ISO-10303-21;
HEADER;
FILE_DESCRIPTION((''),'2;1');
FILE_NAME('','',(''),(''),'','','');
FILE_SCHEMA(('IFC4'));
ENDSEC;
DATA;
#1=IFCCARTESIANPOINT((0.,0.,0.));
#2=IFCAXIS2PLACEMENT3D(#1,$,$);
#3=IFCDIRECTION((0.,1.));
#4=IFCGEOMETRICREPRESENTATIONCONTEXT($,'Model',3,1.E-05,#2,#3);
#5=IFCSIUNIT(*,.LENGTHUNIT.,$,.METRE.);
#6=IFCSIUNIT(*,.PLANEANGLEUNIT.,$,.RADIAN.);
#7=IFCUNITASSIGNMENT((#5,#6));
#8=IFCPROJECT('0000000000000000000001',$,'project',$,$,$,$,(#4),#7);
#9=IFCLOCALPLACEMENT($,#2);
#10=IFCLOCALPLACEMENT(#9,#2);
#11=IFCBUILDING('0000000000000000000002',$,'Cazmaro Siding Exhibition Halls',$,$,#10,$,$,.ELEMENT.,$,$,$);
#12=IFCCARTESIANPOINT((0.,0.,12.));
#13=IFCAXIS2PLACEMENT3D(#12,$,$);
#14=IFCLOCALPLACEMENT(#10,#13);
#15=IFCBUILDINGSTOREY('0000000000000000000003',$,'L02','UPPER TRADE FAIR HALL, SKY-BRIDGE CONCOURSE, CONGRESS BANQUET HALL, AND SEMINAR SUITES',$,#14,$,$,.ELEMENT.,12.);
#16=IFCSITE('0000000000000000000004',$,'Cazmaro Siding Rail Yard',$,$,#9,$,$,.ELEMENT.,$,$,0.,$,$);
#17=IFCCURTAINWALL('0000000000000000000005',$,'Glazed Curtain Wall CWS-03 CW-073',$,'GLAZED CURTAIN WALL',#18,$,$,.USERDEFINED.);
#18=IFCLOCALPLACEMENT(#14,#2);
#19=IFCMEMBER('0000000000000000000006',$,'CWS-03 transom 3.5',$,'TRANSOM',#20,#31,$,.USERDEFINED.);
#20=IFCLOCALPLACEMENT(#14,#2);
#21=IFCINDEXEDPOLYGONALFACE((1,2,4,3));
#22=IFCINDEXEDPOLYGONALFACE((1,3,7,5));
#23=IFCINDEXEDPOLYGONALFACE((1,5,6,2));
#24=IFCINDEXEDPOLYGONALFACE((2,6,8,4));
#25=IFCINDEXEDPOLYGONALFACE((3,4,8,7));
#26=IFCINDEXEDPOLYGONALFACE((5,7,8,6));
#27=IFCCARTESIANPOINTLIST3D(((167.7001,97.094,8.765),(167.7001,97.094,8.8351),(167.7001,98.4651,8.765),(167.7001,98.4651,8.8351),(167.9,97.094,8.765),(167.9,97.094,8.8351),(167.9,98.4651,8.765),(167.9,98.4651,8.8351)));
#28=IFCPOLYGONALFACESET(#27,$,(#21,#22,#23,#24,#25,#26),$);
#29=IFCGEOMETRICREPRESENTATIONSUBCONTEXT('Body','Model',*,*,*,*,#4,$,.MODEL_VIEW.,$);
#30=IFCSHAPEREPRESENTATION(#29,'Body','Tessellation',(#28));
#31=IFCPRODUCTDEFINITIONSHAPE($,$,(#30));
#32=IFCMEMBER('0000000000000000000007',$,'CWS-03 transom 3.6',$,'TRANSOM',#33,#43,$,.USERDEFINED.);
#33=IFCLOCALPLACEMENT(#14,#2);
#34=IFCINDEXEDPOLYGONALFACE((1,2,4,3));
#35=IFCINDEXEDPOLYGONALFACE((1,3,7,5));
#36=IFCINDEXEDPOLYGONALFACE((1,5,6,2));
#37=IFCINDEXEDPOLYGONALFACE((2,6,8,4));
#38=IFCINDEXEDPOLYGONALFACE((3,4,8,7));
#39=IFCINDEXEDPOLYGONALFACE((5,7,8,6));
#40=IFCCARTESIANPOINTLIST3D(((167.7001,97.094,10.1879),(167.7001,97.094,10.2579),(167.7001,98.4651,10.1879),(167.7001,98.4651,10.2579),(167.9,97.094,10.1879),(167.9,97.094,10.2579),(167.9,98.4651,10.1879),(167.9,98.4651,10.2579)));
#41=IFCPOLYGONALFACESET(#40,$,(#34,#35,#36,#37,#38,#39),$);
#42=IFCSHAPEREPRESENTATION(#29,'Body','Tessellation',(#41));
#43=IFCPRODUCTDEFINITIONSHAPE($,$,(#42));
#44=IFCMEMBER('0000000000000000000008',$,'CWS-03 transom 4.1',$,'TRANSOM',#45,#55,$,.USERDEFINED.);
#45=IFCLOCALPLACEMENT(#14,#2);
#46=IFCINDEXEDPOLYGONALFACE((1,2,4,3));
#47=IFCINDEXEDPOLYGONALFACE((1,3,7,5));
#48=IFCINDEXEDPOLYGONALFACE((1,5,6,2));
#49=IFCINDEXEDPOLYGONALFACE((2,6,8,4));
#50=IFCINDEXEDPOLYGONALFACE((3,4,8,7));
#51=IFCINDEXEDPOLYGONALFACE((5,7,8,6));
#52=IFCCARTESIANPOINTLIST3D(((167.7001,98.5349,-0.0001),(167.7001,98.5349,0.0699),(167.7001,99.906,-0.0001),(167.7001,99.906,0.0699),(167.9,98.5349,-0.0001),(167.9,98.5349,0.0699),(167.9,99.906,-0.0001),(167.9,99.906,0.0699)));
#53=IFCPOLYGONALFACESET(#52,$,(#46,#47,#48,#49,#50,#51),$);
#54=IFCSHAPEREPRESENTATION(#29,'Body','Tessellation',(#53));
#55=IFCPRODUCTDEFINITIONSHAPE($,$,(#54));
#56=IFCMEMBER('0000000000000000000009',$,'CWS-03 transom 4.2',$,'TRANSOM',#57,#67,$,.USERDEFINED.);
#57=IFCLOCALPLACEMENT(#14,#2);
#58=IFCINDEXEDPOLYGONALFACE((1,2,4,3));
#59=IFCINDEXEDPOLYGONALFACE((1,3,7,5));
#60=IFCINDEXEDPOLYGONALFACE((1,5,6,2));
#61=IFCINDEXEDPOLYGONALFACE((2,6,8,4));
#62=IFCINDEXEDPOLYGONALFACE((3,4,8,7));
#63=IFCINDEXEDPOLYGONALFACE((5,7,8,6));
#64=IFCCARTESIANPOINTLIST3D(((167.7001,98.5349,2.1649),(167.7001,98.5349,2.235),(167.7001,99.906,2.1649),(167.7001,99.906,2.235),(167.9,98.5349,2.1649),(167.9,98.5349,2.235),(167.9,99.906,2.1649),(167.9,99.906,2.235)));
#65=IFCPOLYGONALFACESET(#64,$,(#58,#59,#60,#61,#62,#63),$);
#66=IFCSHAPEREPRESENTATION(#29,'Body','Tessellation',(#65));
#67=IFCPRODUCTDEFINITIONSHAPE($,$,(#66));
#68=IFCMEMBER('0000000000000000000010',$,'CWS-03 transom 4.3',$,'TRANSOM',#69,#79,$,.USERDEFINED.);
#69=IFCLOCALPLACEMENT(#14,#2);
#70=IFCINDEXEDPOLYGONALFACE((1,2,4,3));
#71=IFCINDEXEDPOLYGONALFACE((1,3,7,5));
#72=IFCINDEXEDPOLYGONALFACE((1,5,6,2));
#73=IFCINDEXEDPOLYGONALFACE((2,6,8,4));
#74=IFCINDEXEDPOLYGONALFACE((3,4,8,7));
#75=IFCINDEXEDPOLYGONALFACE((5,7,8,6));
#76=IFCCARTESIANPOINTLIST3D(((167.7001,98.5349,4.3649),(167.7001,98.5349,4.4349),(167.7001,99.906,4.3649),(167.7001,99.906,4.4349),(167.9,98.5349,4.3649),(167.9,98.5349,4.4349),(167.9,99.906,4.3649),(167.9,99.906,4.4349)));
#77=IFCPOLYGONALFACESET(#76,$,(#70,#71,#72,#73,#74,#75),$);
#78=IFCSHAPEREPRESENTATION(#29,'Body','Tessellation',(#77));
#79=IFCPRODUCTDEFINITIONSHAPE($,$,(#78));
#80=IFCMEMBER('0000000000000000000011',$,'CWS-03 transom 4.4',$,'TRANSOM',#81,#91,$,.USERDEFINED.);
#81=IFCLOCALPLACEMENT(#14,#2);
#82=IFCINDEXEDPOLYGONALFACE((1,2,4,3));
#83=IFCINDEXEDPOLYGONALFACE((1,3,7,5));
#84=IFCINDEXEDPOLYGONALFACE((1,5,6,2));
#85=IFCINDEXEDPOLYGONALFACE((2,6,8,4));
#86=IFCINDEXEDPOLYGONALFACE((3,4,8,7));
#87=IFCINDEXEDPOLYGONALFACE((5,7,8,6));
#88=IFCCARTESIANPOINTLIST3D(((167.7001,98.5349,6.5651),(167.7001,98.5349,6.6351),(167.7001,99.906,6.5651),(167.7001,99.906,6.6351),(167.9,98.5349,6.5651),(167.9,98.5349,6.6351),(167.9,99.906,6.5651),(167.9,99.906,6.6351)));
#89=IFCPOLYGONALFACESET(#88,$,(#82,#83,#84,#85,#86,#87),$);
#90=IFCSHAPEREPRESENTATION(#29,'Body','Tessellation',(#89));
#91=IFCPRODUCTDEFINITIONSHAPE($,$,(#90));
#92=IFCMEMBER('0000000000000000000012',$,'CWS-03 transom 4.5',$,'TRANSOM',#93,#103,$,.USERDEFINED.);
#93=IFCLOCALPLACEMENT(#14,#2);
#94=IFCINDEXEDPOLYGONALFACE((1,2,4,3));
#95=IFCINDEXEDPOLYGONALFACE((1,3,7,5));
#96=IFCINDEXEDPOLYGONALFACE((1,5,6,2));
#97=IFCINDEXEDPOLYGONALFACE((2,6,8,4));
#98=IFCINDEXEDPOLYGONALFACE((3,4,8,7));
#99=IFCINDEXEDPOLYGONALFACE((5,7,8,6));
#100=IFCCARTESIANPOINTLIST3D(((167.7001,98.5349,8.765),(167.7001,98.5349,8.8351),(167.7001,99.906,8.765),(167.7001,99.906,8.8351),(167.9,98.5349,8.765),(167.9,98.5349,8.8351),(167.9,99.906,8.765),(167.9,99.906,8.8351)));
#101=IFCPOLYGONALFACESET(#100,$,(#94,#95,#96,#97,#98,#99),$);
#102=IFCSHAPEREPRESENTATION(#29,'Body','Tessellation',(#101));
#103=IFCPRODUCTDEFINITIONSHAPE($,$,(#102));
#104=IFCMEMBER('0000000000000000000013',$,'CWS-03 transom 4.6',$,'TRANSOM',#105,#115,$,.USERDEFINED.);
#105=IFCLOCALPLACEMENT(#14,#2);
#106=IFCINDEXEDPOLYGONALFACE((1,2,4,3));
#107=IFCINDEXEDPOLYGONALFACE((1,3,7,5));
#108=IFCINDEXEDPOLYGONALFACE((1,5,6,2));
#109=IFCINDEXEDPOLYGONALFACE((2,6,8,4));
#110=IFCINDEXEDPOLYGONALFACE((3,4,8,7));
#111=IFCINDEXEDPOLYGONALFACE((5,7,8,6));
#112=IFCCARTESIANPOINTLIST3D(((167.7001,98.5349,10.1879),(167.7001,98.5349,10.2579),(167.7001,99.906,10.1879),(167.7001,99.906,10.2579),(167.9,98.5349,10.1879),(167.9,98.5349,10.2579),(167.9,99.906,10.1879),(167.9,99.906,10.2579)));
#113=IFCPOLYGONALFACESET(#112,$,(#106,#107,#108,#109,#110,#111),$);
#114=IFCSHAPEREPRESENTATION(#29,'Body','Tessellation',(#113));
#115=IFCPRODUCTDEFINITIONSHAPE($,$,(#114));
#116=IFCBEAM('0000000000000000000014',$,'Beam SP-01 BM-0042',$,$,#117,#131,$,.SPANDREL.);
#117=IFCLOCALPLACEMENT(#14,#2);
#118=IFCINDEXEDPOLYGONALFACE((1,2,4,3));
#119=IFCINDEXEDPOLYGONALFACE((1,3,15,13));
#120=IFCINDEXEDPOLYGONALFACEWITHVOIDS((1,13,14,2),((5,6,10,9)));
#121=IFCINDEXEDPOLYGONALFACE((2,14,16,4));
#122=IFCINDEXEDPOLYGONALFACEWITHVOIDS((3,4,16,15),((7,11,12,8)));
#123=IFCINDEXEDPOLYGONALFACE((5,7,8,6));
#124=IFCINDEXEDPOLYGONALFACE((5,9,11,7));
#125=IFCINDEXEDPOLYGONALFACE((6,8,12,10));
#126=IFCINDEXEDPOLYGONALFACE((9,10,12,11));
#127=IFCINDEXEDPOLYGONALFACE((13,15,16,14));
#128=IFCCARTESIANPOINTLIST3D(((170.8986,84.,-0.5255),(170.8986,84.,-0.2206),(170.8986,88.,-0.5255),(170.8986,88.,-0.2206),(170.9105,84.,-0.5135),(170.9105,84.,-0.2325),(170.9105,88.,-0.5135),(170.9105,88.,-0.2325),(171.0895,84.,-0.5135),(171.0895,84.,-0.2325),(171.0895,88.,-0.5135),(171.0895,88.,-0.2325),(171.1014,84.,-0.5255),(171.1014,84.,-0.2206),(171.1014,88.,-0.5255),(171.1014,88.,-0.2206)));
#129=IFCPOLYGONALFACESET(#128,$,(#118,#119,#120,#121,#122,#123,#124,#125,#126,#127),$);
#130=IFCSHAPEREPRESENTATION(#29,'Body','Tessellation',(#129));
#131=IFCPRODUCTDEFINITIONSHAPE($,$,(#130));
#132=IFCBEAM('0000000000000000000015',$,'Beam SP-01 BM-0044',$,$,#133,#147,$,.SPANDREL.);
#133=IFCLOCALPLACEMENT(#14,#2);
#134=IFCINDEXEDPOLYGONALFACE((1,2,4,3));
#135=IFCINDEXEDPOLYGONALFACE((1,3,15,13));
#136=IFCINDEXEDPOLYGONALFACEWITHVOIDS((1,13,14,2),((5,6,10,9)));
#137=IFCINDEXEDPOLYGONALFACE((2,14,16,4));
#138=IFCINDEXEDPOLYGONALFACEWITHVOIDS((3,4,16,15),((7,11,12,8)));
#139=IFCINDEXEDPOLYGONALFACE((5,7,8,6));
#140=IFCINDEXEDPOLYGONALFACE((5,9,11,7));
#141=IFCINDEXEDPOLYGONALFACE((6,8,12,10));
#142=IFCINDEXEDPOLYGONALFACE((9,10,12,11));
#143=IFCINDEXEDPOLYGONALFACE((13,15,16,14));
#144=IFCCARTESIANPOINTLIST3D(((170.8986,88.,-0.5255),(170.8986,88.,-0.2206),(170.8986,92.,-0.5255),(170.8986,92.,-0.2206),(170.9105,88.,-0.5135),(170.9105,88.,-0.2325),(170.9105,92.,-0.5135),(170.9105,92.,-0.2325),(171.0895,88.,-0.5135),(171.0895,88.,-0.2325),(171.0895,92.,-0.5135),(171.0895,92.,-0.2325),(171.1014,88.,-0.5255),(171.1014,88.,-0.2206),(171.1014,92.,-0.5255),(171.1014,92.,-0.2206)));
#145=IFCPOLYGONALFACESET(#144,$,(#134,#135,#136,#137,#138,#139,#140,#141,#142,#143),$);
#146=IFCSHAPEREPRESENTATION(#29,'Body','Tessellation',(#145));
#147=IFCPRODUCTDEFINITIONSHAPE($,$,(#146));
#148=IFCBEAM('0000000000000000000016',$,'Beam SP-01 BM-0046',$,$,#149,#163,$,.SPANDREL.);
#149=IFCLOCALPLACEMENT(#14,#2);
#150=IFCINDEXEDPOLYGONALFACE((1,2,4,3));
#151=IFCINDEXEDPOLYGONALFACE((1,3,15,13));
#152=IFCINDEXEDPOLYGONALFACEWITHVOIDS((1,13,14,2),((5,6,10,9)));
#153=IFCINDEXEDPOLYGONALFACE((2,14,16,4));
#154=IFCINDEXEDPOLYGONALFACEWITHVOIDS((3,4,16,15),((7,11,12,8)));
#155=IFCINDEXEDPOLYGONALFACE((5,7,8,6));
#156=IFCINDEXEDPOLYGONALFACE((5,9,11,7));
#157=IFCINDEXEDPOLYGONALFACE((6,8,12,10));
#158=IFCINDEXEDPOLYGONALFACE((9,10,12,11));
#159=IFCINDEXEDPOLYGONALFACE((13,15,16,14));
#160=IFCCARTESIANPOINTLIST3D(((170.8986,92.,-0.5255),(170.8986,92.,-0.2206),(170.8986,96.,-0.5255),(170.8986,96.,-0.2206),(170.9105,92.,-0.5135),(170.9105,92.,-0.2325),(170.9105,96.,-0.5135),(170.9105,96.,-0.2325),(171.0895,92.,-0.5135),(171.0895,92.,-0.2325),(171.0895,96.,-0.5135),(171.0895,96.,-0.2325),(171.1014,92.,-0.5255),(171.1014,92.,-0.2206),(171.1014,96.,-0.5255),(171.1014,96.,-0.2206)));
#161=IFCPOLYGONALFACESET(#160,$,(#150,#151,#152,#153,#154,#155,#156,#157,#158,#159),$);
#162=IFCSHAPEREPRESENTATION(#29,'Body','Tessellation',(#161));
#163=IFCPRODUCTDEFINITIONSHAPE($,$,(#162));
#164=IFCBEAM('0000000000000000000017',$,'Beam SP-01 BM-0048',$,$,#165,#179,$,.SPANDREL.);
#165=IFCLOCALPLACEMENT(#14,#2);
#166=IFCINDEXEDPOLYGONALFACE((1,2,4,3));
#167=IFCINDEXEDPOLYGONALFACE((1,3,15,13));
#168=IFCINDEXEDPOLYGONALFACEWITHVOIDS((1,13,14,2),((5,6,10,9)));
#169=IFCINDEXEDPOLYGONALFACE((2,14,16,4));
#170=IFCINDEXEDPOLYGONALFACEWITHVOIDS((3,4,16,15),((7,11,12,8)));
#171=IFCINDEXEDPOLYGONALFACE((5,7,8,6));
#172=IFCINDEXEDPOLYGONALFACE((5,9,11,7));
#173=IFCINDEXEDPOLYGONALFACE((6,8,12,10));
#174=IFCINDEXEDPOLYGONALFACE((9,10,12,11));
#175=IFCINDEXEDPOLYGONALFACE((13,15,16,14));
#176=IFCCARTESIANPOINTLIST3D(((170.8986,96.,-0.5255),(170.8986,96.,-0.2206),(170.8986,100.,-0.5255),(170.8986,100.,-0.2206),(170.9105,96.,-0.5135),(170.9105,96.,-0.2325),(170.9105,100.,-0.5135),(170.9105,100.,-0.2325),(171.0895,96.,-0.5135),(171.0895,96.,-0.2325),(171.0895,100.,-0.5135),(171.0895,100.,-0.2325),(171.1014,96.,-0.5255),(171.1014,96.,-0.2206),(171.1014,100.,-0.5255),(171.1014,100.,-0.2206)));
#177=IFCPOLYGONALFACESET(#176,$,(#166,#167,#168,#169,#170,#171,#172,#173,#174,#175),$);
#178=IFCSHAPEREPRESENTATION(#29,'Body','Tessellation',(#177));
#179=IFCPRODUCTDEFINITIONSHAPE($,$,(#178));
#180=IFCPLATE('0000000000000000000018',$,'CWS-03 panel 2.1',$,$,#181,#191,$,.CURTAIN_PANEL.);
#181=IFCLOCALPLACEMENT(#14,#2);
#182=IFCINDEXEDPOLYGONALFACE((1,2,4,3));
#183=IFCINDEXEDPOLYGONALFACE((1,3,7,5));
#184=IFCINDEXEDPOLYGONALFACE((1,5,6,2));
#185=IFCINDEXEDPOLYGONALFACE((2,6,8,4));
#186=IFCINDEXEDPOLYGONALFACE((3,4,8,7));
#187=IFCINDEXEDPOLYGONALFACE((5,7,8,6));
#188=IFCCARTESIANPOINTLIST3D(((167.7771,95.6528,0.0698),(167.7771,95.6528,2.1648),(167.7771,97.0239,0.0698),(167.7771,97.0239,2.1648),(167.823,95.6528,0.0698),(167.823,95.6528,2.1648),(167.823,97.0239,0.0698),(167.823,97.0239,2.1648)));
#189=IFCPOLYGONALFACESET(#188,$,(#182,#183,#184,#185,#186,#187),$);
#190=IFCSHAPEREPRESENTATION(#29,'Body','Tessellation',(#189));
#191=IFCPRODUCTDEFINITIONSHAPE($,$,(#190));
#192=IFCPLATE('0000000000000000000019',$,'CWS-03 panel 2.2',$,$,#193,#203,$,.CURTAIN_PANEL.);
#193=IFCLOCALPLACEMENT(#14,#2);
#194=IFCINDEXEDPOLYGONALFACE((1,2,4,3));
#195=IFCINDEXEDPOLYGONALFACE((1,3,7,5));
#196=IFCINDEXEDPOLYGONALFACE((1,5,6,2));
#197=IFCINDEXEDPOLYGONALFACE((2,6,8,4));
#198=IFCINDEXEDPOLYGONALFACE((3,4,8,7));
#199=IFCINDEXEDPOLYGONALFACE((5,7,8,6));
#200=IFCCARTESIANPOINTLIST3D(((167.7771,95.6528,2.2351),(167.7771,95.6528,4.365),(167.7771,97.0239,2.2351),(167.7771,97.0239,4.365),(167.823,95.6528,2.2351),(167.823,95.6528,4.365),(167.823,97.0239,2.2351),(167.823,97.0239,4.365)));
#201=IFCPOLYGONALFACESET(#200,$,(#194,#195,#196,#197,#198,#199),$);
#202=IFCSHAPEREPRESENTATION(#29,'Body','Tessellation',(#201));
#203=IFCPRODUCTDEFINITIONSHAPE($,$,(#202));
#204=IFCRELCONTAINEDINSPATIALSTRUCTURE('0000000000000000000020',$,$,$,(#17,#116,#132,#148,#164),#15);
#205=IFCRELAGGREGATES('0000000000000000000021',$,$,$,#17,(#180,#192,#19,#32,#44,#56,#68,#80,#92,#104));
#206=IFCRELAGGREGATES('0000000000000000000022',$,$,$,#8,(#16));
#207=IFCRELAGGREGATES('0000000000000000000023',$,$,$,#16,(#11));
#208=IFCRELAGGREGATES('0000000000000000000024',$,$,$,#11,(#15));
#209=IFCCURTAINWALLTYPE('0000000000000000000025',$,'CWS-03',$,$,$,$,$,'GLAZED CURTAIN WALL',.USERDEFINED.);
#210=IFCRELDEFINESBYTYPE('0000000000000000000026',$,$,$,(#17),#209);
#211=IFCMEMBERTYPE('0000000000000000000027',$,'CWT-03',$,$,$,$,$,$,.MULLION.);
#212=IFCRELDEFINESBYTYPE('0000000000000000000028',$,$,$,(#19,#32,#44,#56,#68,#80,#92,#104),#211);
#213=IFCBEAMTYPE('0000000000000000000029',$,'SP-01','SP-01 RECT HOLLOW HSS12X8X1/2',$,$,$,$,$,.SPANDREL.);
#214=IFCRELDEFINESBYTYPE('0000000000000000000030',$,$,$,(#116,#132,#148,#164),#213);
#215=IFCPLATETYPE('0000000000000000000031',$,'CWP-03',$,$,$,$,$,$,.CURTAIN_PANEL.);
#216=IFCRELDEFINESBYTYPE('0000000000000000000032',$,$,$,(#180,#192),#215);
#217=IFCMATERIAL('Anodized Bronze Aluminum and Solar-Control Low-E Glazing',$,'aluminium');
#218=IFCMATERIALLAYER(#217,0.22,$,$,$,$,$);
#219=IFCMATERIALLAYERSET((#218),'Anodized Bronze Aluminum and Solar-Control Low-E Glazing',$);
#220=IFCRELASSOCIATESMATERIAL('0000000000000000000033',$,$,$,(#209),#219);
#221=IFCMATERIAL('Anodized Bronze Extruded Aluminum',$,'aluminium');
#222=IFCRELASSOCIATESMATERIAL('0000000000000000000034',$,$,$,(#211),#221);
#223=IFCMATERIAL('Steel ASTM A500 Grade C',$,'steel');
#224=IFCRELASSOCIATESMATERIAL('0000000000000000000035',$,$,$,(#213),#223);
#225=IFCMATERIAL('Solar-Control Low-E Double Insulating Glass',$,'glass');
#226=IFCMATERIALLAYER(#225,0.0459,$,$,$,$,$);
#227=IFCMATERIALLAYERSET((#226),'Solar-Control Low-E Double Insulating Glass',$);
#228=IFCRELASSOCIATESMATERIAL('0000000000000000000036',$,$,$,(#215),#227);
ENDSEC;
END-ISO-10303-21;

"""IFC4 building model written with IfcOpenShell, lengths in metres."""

from ifc_helpers import new_model, si_unit, direction, frame, origin, origin_2d, place, context, subcontext, project, spatial, rectangle, hollow_rectangle, extrude, material, layer, layer_set, material_profile, profile_set, type_object, element, aggregate, save


model = new_model("IFC4")

# Units and contexts
model_context = context("Model", 3, precision=1e-05, world=origin(), true_north=direction((0.0, 1.0)))
body_context = subcontext(model_context, "Body", "Model", "MODEL_VIEW")
ifc_project = project(units=[si_unit("LENGTHUNIT", "METRE"), si_unit("PLANEANGLEUNIT", "RADIAN")], contexts=[model_context])

# Site, building, storey
site_placement = place(None, origin())
site = spatial("IfcSite", under=ifc_project, at=site_placement, Name="Cazmaro Siding Rail Yard", CompositionType="ELEMENT", RefElevation=0.0)
building_placement = place(site_placement, origin())
building = spatial("IfcBuilding", under=site, at=building_placement, Name="Cazmaro Siding Exhibition Halls", CompositionType="ELEMENT")
storey_placement = place(building_placement, frame((0.0, 0.0, 12.0)))
storey = spatial("IfcBuildingStorey", under=building, at=storey_placement, Name="L02", Description="UPPER TRADE FAIR HALL, SKY-BRIDGE CONCOURSE, CONGRESS BANQUET HALL, AND SEMINAR SUITES", CompositionType="ELEMENT", Elevation=12.0)

# Curtain wall, members
ifc_material_1 = material(Name="Anodized Bronze Aluminum and Solar-Control Low-E Glazing", Category="aluminium")
ifc_layer_1 = layer(ifc_material_1, 0.22)
ifc_layer_set_1 = layer_set([ifc_layer_1], Name="Anodized Bronze Aluminum and Solar-Control Low-E Glazing")
curtain_wall_type = type_object("IfcCurtainWallType", Name="CWS-03", ElementType="GLAZED CURTAIN WALL", PredefinedType="USERDEFINED", material=ifc_layer_set_1)
curtain_wall_placement = place(storey_placement, origin())
curtain_wall = element("IfcCurtainWall", 1, at=curtain_wall_placement, inside=storey, type_object=curtain_wall_type, Name="Glazed Curtain Wall CWS-03 CW-073", ObjectType="GLAZED CURTAIN WALL", PredefinedType="USERDEFINED")
ifc_material_2 = material(Name="Anodized Bronze Extruded Aluminum", Category="aluminium")
ifc_material_profile_1 = material_profile(ifc_material_2, rectangle(XDim=0.2, YDim=0.0701, at=origin_2d()), Name="CWT-03")
ifc_profile_set_1 = profile_set([ifc_material_profile_1], Name="Anodized Bronze Extruded Aluminum")
member_type_1 = type_object("IfcMemberType", Name="CWT-03", PredefinedType="MULLION", material=ifc_profile_set_1)
member_1_placement = place(storey_placement, frame((167.8, 97.094, 8.8), z_axis=(0.0, 1.0, 0.0), x_axis=(-1.0, 0.0, 0.0)))
member_1 = element("IfcMember", 2, at=member_1_placement, type_object=member_type_1, Name="CWS-03 transom 3.5", ObjectType="TRANSOM", PredefinedType="USERDEFINED", context=body_context, shape_type="SweptSolid", body=[
    extrude(rectangle(XDim=0.2, YDim=0.0701, at=origin_2d()), origin(), (0.0, 0.0, 1.0), 1.3711),
])
member_2_placement = place(storey_placement, frame((167.8, 97.094, 10.2229), z_axis=(0.0, 1.0, 0.0), x_axis=(-1.0, 0.0, 0.0)))
member_2 = element("IfcMember", 3, at=member_2_placement, type_object=member_type_1, Name="CWS-03 transom 3.6", ObjectType="TRANSOM", PredefinedType="USERDEFINED", context=body_context, shape_type="SweptSolid", body=[
    extrude(rectangle(XDim=0.2, YDim=0.0701, at=origin_2d()), origin(), (0.0, 0.0, 1.0), 1.3711),
])
member_3_placement = place(storey_placement, frame((167.8, 98.5349, 0.0349), z_axis=(0.0, 1.0, 0.0), x_axis=(-1.0, 0.0, 0.0)))
member_3 = element("IfcMember", 4, at=member_3_placement, type_object=member_type_1, Name="CWS-03 transom 4.1", ObjectType="TRANSOM", PredefinedType="USERDEFINED", context=body_context, shape_type="SweptSolid", body=[
    extrude(rectangle(XDim=0.2, YDim=0.0701, at=origin_2d()), origin(), (0.0, 0.0, 1.0), 1.3711),
])
member_4_placement = place(storey_placement, frame((167.8, 98.5349, 2.2), z_axis=(0.0, 1.0, 0.0), x_axis=(-1.0, 0.0, 0.0)))
member_4 = element("IfcMember", 5, at=member_4_placement, type_object=member_type_1, Name="CWS-03 transom 4.2", ObjectType="TRANSOM", PredefinedType="USERDEFINED", context=body_context, shape_type="SweptSolid", body=[
    extrude(rectangle(XDim=0.2, YDim=0.0701, at=origin_2d()), origin(), (0.0, 0.0, 1.0), 1.3711),
])
member_5_placement = place(storey_placement, frame((167.8, 98.5349, 4.3999), z_axis=(0.0, 1.0, 0.0), x_axis=(-1.0, 0.0, 0.0)))
member_5 = element("IfcMember", 6, at=member_5_placement, type_object=member_type_1, Name="CWS-03 transom 4.3", ObjectType="TRANSOM", PredefinedType="USERDEFINED", context=body_context, shape_type="SweptSolid", body=[
    extrude(rectangle(XDim=0.2, YDim=0.0701, at=origin_2d()), origin(), (0.0, 0.0, 1.0), 1.3711),
])
member_6_placement = place(storey_placement, frame((167.8, 98.5349, 6.6001), z_axis=(0.0, 1.0, 0.0), x_axis=(-1.0, 0.0, 0.0)))
member_6 = element("IfcMember", 7, at=member_6_placement, type_object=member_type_1, Name="CWS-03 transom 4.4", ObjectType="TRANSOM", PredefinedType="USERDEFINED", context=body_context, shape_type="SweptSolid", body=[
    extrude(rectangle(XDim=0.2, YDim=0.0701, at=origin_2d()), origin(), (0.0, 0.0, 1.0), 1.3711),
])
member_7_placement = place(storey_placement, frame((167.8, 98.5349, 8.8), z_axis=(0.0, 1.0, 0.0), x_axis=(-1.0, 0.0, 0.0)))
member_7 = element("IfcMember", 8, at=member_7_placement, type_object=member_type_1, Name="CWS-03 transom 4.5", ObjectType="TRANSOM", PredefinedType="USERDEFINED", context=body_context, shape_type="SweptSolid", body=[
    extrude(rectangle(XDim=0.2, YDim=0.0701, at=origin_2d()), origin(), (0.0, 0.0, 1.0), 1.3711),
])
member_8_placement = place(storey_placement, frame((167.8, 98.5349, 10.2229), z_axis=(0.0, 1.0, 0.0), x_axis=(-1.0, 0.0, 0.0)))
member_8 = element("IfcMember", 9, at=member_8_placement, type_object=member_type_1, Name="CWS-03 transom 4.6", ObjectType="TRANSOM", PredefinedType="USERDEFINED", context=body_context, shape_type="SweptSolid", body=[
    extrude(rectangle(XDim=0.2, YDim=0.0701, at=origin_2d()), origin(), (0.0, 0.0, 1.0), 1.3711),
])

# Beams
ifc_material_3 = material(Name="Steel ASTM A500 Grade C", Category="steel")
ifc_material_profile_2 = material_profile(ifc_material_3, hollow_rectangle(XDim=0.2029, YDim=0.3049, WallThickness=0.012, at=origin_2d()), Name="HSS12X8X1/2")
ifc_profile_set_2 = profile_set([ifc_material_profile_2], Name="Steel ASTM A500 Grade C")
beam_type = type_object("IfcBeamType", Name="SP-01", Description="SP-01 RECT HOLLOW HSS12X8X1/2", PredefinedType="SPANDREL", material=ifc_profile_set_2)
for number, where, z_axis, x_axis, name in (
    (10, (171.0, 84.0, -0.373), (0.0, 1.0, 0.0), (-1.0, 0.0, 0.0), "Beam SP-01 BM-0042"),
    (11, (171.0, 88.0, -0.373), (0.0, 1.0, 0.0), (-1.0, 0.0, 0.0), "Beam SP-01 BM-0044"),
    (12, (171.0, 92.0, -0.373), (0.0, 1.0, 0.0), (-1.0, 0.0, 0.0), "Beam SP-01 BM-0046"),
    (13, (171.0, 96.0, -0.373), (0.0, 1.0, 0.0), (-1.0, 0.0, 0.0), "Beam SP-01 BM-0048"),
):
    element("IfcBeam", number, at=place(storey_placement, frame(where, z_axis=z_axis, x_axis=x_axis)), inside=storey, type_object=beam_type, Name=name, PredefinedType="SPANDREL", context=body_context, shape_type="SweptSolid", body=[
        extrude(hollow_rectangle(XDim=0.2029, YDim=0.3049, WallThickness=0.012, at=origin_2d()), origin(), (0.0, 0.0, 1.0), 4.0),
    ])

# Plates
ifc_material_4 = material(Name="Solar-Control Low-E Double Insulating Glass", Category="glass")
ifc_layer_2 = layer(ifc_material_4, 0.0459)
ifc_layer_set_2 = layer_set([ifc_layer_2], Name="Solar-Control Low-E Double Insulating Glass")
plate_type = type_object("IfcPlateType", Name="CWP-03", PredefinedType="CURTAIN_PANEL", material=ifc_layer_set_2)
plate_1_placement = place(storey_placement, frame((167.8, 96.3384, 0.0698), z_axis=(0.0, 0.0, 1.0), x_axis=(0.0, 1.0, 0.0)))
plate_1 = element("IfcPlate", 14, at=plate_1_placement, type_object=plate_type, Name="CWS-03 panel 2.1", PredefinedType="CURTAIN_PANEL", context=body_context, shape_type="SweptSolid", body=[
    extrude(rectangle(XDim=1.3711, YDim=0.0459, at=origin_2d()), origin(), (0.0, 0.0, 1.0), 2.095),
])
plate_2_placement = place(storey_placement, frame((167.8, 96.3384, 2.2351), z_axis=(0.0, 0.0, 1.0), x_axis=(0.0, 1.0, 0.0)))
plate_2 = element("IfcPlate", 15, at=plate_2_placement, type_object=plate_type, Name="CWS-03 panel 2.2", PredefinedType="CURTAIN_PANEL", context=body_context, shape_type="SweptSolid", body=[
    extrude(rectangle(XDim=1.3711, YDim=0.0459, at=origin_2d()), origin(), (0.0, 0.0, 1.0), 2.1299),
])
aggregate(curtain_wall, [plate_1, plate_2, member_1, member_2, member_3, member_4, member_5, member_6, member_7, member_8])

save(model, "model.ifc")
